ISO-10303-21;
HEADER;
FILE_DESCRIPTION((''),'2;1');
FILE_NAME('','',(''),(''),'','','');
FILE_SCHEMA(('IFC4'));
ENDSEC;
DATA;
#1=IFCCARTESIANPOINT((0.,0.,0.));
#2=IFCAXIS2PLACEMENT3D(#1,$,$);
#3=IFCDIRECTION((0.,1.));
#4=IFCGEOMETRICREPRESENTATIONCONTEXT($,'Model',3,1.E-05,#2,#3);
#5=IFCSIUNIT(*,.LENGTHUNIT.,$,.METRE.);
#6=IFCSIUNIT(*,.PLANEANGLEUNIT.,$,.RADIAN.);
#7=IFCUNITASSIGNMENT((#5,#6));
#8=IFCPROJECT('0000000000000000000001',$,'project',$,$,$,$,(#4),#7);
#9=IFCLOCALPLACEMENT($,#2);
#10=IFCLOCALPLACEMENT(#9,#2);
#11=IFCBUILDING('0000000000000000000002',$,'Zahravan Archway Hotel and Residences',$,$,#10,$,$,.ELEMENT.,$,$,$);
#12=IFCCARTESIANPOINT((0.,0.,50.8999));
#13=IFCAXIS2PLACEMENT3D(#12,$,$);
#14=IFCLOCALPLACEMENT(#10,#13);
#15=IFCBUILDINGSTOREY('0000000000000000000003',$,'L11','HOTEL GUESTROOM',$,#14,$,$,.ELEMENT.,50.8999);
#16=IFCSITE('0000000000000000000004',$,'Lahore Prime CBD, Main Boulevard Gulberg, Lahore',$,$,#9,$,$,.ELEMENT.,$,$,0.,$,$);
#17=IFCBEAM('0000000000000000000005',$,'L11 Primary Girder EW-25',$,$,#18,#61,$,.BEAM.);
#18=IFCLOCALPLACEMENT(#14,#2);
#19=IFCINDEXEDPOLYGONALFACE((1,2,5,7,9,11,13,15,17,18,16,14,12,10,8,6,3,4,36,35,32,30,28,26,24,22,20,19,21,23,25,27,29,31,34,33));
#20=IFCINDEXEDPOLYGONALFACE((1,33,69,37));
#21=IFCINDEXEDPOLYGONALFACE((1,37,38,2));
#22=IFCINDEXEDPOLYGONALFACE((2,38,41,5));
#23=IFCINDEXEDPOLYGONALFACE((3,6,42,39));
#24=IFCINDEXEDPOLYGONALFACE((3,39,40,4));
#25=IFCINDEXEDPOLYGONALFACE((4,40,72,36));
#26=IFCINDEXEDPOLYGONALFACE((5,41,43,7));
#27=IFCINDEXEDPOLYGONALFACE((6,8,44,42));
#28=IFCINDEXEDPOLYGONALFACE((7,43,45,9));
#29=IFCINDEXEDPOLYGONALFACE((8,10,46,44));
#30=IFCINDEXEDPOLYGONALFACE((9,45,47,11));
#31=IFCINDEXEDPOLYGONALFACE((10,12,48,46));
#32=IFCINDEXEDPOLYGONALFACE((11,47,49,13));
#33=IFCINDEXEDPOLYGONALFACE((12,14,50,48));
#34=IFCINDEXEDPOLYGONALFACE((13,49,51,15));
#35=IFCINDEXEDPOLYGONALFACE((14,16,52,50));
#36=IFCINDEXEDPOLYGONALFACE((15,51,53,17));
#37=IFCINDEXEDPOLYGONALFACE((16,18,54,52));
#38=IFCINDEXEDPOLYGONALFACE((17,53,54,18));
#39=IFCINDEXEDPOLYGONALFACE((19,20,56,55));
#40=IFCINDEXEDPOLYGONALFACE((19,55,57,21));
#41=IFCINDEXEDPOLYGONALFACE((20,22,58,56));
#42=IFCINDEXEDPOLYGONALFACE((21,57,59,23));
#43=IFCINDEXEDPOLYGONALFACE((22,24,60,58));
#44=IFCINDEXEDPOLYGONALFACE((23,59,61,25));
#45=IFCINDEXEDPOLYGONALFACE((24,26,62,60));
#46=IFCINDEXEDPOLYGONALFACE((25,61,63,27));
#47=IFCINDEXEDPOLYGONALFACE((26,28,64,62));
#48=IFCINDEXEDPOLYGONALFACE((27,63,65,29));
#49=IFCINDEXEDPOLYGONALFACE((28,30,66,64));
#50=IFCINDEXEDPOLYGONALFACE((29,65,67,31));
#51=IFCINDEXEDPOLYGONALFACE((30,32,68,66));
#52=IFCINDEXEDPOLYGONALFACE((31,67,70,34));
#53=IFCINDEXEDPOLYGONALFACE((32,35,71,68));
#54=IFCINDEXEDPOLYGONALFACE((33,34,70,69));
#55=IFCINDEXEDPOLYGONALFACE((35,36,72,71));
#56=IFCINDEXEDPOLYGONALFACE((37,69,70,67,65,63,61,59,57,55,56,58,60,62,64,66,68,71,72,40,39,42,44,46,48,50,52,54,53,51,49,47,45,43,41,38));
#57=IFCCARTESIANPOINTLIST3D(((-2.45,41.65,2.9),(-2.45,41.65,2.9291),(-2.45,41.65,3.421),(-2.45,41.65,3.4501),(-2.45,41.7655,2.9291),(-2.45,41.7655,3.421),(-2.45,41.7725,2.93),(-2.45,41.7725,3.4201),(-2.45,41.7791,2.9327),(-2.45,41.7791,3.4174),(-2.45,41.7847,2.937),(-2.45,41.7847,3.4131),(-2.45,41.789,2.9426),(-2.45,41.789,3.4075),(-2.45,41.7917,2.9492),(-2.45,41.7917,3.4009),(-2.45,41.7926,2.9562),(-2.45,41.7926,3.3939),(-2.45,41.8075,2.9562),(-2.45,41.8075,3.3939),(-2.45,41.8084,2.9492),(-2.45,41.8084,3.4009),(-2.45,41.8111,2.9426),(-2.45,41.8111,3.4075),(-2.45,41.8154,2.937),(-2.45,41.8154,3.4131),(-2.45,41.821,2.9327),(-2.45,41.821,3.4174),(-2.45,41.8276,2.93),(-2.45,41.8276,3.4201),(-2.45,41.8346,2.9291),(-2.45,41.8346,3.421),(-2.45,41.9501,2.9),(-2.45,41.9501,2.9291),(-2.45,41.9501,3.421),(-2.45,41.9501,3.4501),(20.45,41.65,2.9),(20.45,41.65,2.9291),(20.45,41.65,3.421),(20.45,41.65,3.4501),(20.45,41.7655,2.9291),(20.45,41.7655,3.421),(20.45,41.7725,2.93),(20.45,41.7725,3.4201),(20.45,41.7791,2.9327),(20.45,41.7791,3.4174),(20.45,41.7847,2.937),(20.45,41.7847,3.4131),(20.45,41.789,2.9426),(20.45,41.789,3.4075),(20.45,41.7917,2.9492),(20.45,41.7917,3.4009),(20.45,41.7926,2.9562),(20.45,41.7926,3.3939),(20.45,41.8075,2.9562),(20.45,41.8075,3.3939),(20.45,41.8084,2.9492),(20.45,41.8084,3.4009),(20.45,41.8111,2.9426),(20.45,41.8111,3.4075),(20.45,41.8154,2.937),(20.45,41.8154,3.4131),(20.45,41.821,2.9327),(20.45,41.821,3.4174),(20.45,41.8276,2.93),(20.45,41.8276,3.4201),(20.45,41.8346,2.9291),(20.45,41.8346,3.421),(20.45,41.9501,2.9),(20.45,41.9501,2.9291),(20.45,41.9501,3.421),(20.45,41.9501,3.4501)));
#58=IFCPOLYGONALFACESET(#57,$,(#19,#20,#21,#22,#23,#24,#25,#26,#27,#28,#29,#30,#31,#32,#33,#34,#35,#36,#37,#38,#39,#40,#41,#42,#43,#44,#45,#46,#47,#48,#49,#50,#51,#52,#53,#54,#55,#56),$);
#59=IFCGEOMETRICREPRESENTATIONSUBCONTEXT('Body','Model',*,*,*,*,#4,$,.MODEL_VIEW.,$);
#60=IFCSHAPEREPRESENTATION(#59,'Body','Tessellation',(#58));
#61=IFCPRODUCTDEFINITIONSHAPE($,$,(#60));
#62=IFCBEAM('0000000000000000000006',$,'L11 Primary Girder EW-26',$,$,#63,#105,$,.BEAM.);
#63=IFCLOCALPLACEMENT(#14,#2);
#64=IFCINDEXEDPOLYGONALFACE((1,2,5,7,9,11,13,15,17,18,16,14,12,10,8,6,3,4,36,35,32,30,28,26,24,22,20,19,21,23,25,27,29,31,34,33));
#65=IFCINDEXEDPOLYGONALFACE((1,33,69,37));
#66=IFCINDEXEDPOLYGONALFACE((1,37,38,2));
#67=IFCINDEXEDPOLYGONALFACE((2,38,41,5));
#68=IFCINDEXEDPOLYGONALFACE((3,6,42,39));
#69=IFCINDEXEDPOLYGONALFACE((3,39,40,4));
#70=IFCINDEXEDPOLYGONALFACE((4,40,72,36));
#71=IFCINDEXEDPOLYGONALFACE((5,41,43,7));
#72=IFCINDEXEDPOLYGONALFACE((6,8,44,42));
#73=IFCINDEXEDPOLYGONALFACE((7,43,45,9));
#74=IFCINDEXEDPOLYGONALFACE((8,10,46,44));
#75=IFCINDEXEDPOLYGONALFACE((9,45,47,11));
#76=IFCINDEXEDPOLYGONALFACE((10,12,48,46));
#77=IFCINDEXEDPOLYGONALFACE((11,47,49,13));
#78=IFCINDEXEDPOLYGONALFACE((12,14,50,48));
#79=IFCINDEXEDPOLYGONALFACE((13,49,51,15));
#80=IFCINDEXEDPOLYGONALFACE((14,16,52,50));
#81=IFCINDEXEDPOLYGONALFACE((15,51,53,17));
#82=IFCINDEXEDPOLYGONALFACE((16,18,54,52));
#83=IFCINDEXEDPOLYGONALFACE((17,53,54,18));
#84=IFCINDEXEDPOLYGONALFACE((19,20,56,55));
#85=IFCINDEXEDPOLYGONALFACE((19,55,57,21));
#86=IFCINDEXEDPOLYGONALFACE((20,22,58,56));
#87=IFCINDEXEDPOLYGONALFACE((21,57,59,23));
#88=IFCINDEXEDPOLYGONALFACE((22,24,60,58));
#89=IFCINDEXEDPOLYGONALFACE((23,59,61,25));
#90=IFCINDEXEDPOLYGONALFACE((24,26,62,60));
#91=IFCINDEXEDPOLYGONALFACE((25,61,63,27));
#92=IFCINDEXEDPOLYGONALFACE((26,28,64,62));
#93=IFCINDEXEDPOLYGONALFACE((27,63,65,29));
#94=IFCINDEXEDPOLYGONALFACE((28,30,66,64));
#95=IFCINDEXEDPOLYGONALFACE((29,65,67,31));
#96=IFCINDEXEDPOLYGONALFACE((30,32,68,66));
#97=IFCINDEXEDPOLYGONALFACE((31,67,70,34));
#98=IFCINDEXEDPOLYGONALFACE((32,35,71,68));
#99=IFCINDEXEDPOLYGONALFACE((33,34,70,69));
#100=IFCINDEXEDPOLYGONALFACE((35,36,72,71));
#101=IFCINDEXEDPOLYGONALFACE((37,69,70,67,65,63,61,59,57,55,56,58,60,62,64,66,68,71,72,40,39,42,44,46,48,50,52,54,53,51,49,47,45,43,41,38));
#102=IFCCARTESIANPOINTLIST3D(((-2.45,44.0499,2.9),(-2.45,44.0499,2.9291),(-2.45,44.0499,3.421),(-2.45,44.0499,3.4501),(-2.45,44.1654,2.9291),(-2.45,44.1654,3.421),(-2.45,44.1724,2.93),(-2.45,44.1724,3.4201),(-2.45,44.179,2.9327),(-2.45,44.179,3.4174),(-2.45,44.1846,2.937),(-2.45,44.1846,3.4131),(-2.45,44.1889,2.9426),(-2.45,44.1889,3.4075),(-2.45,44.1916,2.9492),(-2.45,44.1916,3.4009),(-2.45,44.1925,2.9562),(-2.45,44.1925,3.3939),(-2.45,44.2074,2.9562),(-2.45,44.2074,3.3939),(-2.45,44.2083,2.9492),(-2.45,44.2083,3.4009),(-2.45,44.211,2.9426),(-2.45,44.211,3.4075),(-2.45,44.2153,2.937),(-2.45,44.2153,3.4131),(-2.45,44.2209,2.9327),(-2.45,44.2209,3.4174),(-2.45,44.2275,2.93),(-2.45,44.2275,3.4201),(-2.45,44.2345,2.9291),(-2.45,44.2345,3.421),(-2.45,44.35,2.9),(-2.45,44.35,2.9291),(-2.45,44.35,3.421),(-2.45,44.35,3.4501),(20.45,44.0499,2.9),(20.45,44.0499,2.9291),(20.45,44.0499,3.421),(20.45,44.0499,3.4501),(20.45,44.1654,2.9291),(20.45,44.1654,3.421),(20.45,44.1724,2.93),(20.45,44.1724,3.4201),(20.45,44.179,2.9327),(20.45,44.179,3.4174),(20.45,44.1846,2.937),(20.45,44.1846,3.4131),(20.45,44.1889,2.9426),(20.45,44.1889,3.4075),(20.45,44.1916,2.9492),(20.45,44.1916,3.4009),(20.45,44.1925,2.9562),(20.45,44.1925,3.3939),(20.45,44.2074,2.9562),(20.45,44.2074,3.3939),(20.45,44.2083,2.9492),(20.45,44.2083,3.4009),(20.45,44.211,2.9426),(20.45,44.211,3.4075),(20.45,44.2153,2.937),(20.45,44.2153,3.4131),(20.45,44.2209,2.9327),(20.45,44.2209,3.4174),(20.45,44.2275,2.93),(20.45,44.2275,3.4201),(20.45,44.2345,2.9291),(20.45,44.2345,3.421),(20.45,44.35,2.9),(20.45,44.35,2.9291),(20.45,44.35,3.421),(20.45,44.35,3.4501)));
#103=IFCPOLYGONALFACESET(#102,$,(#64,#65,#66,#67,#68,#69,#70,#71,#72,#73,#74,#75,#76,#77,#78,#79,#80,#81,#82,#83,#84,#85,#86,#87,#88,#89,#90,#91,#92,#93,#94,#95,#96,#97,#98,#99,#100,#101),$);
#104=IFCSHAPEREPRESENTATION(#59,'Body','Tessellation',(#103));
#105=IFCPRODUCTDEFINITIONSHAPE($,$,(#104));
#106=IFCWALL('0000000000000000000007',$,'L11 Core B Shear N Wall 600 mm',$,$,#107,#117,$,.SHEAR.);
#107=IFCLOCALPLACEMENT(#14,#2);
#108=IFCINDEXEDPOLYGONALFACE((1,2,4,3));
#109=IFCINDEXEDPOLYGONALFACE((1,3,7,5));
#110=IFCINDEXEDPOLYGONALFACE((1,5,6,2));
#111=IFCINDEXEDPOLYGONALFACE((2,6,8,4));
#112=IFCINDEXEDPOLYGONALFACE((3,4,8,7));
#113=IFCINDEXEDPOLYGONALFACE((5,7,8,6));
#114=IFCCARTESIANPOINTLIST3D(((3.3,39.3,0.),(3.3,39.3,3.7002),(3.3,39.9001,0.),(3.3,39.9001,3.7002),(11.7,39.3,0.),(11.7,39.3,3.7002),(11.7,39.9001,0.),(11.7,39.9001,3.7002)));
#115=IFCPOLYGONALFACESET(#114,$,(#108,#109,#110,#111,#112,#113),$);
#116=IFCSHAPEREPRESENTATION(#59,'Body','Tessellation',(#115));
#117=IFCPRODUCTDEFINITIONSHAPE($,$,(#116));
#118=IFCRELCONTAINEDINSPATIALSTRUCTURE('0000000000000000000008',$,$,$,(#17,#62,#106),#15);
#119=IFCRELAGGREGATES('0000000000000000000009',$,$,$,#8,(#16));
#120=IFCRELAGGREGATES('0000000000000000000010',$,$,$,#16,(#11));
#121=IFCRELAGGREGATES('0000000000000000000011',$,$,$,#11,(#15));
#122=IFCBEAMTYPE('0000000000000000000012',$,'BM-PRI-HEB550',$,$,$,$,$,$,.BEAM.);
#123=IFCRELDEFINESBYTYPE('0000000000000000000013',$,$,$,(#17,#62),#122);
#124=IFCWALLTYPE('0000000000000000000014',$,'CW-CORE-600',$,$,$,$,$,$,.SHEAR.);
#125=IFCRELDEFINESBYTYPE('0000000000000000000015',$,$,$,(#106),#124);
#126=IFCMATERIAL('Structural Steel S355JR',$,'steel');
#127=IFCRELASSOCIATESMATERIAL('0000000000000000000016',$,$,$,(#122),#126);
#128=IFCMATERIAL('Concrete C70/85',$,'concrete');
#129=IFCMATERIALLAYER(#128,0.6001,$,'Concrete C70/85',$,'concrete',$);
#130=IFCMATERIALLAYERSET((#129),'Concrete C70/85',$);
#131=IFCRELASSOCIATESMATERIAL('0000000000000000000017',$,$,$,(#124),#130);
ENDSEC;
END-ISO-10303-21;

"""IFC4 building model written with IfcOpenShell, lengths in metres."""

from ifc_helpers import new_model, si_unit, direction, frame, frame_2d, origin, origin_2d, place, context, subcontext, project, spatial, rectangle, i_section, extrude, source, transform, mapped, material, layer, layer_set, material_profile, profile_set, type_object, element, save


model = new_model("IFC4")

# Units and contexts
model_context = context("Model", 3, precision=1e-05, world=origin(), true_north=direction((0.0, 1.0)))
body_context = subcontext(model_context, "Body", "Model", "MODEL_VIEW")
ifc_project = project(units=[si_unit("LENGTHUNIT", "METRE"), si_unit("PLANEANGLEUNIT", "RADIAN")], contexts=[model_context])

# Site, building, storey
site_placement = place(None, origin())
site = spatial("IfcSite", under=ifc_project, at=site_placement, Name="Lahore Prime CBD, Main Boulevard Gulberg, Lahore", CompositionType="ELEMENT", RefElevation=0.0)
building_placement = place(site_placement, origin())
building = spatial("IfcBuilding", under=site, at=building_placement, Name="Zahravan Archway Hotel and Residences", CompositionType="ELEMENT")
storey_placement = place(building_placement, frame((0.0, 0.0, 50.8999)))
storey = spatial("IfcBuildingStorey", under=building, at=storey_placement, Name="L11", Description="HOTEL GUESTROOM", CompositionType="ELEMENT", Elevation=50.8999)

# Shared definitions
ifc_material_1 = material(Name="Concrete C70/85", Category="concrete")

# Beams
ifc_material_2 = material(Name="Structural Steel S355JR", Category="steel")
ifc_material_profile_1 = material_profile(ifc_material_2, i_section(OverallWidth=0.3, OverallDepth=0.55, WebThickness=0.0149, FlangeThickness=0.0291, FilletRadius=0.0271, at=origin_2d()), Name="HEB 550", Category="steel")
ifc_profile_set_1 = profile_set([ifc_material_profile_1], Name="Structural Steel S355JR")
beam_type_1 = type_object("IfcBeamType", Name="BM-PRI-HEB550", PredefinedType="BEAM", material=ifc_profile_set_1)
shared_shape_1 = source(origin(), body_context, "Body", "SweptSolid", [
    extrude(i_section(OverallWidth=0.3, OverallDepth=0.55, WebThickness=0.0149, FlangeThickness=0.0291, FilletRadius=0.0271, at=origin_2d()), origin(), (0.0, 0.0, 1.0), 22.8999),
])
for number, where, z_axis, x_axis, name in (
    (1, (-2.45, 41.8, 3.175), (1.0, 0.0, 0.0), (0.0, 1.0, 0.0), "L11 Primary Girder EW-25"),
    (2, (-2.45, 44.2, 3.175), (1.0, 0.0, 0.0), (0.0, 1.0, 0.0), "L11 Primary Girder EW-26"),
):
    element("IfcBeam", number, at=place(storey_placement, frame(where, z_axis=z_axis, x_axis=x_axis)), inside=storey, type_object=beam_type_1, Name=name, PredefinedType="BEAM", context=body_context, shape_type="MappedRepresentation", body=[
        mapped(shared_shape_1, transform((0.0, 0.0, 0.0), scale=1.0)),
    ])

# Wall
ifc_layer_1 = layer(ifc_material_1, 0.6001, Name="Concrete C70/85", Category="concrete")
ifc_layer_set_1 = layer_set([ifc_layer_1], Name="Concrete C70/85")
wall_type_1 = type_object("IfcWallType", Name="CW-CORE-600", PredefinedType="SHEAR", material=ifc_layer_set_1)
wall_1_placement = place(storey_placement, frame((3.3, 39.6001, 0.0), z_axis=(0.0, 0.0, 1.0), x_axis=(1.0, 0.0, 0.0)))
element("IfcWall", 3, at=wall_1_placement, inside=storey, type_object=wall_type_1, Name="L11 Core B Shear N Wall 600 mm", PredefinedType="SHEAR", context=body_context, shape_type="SweptSolid", body=[
    extrude(rectangle(XDim=8.3999, YDim=0.6001, at=frame_2d((4.2, 0.0))), origin(), (0.0, 0.0, 1.0), 3.7002),
])

save(model, "model.ifc")
